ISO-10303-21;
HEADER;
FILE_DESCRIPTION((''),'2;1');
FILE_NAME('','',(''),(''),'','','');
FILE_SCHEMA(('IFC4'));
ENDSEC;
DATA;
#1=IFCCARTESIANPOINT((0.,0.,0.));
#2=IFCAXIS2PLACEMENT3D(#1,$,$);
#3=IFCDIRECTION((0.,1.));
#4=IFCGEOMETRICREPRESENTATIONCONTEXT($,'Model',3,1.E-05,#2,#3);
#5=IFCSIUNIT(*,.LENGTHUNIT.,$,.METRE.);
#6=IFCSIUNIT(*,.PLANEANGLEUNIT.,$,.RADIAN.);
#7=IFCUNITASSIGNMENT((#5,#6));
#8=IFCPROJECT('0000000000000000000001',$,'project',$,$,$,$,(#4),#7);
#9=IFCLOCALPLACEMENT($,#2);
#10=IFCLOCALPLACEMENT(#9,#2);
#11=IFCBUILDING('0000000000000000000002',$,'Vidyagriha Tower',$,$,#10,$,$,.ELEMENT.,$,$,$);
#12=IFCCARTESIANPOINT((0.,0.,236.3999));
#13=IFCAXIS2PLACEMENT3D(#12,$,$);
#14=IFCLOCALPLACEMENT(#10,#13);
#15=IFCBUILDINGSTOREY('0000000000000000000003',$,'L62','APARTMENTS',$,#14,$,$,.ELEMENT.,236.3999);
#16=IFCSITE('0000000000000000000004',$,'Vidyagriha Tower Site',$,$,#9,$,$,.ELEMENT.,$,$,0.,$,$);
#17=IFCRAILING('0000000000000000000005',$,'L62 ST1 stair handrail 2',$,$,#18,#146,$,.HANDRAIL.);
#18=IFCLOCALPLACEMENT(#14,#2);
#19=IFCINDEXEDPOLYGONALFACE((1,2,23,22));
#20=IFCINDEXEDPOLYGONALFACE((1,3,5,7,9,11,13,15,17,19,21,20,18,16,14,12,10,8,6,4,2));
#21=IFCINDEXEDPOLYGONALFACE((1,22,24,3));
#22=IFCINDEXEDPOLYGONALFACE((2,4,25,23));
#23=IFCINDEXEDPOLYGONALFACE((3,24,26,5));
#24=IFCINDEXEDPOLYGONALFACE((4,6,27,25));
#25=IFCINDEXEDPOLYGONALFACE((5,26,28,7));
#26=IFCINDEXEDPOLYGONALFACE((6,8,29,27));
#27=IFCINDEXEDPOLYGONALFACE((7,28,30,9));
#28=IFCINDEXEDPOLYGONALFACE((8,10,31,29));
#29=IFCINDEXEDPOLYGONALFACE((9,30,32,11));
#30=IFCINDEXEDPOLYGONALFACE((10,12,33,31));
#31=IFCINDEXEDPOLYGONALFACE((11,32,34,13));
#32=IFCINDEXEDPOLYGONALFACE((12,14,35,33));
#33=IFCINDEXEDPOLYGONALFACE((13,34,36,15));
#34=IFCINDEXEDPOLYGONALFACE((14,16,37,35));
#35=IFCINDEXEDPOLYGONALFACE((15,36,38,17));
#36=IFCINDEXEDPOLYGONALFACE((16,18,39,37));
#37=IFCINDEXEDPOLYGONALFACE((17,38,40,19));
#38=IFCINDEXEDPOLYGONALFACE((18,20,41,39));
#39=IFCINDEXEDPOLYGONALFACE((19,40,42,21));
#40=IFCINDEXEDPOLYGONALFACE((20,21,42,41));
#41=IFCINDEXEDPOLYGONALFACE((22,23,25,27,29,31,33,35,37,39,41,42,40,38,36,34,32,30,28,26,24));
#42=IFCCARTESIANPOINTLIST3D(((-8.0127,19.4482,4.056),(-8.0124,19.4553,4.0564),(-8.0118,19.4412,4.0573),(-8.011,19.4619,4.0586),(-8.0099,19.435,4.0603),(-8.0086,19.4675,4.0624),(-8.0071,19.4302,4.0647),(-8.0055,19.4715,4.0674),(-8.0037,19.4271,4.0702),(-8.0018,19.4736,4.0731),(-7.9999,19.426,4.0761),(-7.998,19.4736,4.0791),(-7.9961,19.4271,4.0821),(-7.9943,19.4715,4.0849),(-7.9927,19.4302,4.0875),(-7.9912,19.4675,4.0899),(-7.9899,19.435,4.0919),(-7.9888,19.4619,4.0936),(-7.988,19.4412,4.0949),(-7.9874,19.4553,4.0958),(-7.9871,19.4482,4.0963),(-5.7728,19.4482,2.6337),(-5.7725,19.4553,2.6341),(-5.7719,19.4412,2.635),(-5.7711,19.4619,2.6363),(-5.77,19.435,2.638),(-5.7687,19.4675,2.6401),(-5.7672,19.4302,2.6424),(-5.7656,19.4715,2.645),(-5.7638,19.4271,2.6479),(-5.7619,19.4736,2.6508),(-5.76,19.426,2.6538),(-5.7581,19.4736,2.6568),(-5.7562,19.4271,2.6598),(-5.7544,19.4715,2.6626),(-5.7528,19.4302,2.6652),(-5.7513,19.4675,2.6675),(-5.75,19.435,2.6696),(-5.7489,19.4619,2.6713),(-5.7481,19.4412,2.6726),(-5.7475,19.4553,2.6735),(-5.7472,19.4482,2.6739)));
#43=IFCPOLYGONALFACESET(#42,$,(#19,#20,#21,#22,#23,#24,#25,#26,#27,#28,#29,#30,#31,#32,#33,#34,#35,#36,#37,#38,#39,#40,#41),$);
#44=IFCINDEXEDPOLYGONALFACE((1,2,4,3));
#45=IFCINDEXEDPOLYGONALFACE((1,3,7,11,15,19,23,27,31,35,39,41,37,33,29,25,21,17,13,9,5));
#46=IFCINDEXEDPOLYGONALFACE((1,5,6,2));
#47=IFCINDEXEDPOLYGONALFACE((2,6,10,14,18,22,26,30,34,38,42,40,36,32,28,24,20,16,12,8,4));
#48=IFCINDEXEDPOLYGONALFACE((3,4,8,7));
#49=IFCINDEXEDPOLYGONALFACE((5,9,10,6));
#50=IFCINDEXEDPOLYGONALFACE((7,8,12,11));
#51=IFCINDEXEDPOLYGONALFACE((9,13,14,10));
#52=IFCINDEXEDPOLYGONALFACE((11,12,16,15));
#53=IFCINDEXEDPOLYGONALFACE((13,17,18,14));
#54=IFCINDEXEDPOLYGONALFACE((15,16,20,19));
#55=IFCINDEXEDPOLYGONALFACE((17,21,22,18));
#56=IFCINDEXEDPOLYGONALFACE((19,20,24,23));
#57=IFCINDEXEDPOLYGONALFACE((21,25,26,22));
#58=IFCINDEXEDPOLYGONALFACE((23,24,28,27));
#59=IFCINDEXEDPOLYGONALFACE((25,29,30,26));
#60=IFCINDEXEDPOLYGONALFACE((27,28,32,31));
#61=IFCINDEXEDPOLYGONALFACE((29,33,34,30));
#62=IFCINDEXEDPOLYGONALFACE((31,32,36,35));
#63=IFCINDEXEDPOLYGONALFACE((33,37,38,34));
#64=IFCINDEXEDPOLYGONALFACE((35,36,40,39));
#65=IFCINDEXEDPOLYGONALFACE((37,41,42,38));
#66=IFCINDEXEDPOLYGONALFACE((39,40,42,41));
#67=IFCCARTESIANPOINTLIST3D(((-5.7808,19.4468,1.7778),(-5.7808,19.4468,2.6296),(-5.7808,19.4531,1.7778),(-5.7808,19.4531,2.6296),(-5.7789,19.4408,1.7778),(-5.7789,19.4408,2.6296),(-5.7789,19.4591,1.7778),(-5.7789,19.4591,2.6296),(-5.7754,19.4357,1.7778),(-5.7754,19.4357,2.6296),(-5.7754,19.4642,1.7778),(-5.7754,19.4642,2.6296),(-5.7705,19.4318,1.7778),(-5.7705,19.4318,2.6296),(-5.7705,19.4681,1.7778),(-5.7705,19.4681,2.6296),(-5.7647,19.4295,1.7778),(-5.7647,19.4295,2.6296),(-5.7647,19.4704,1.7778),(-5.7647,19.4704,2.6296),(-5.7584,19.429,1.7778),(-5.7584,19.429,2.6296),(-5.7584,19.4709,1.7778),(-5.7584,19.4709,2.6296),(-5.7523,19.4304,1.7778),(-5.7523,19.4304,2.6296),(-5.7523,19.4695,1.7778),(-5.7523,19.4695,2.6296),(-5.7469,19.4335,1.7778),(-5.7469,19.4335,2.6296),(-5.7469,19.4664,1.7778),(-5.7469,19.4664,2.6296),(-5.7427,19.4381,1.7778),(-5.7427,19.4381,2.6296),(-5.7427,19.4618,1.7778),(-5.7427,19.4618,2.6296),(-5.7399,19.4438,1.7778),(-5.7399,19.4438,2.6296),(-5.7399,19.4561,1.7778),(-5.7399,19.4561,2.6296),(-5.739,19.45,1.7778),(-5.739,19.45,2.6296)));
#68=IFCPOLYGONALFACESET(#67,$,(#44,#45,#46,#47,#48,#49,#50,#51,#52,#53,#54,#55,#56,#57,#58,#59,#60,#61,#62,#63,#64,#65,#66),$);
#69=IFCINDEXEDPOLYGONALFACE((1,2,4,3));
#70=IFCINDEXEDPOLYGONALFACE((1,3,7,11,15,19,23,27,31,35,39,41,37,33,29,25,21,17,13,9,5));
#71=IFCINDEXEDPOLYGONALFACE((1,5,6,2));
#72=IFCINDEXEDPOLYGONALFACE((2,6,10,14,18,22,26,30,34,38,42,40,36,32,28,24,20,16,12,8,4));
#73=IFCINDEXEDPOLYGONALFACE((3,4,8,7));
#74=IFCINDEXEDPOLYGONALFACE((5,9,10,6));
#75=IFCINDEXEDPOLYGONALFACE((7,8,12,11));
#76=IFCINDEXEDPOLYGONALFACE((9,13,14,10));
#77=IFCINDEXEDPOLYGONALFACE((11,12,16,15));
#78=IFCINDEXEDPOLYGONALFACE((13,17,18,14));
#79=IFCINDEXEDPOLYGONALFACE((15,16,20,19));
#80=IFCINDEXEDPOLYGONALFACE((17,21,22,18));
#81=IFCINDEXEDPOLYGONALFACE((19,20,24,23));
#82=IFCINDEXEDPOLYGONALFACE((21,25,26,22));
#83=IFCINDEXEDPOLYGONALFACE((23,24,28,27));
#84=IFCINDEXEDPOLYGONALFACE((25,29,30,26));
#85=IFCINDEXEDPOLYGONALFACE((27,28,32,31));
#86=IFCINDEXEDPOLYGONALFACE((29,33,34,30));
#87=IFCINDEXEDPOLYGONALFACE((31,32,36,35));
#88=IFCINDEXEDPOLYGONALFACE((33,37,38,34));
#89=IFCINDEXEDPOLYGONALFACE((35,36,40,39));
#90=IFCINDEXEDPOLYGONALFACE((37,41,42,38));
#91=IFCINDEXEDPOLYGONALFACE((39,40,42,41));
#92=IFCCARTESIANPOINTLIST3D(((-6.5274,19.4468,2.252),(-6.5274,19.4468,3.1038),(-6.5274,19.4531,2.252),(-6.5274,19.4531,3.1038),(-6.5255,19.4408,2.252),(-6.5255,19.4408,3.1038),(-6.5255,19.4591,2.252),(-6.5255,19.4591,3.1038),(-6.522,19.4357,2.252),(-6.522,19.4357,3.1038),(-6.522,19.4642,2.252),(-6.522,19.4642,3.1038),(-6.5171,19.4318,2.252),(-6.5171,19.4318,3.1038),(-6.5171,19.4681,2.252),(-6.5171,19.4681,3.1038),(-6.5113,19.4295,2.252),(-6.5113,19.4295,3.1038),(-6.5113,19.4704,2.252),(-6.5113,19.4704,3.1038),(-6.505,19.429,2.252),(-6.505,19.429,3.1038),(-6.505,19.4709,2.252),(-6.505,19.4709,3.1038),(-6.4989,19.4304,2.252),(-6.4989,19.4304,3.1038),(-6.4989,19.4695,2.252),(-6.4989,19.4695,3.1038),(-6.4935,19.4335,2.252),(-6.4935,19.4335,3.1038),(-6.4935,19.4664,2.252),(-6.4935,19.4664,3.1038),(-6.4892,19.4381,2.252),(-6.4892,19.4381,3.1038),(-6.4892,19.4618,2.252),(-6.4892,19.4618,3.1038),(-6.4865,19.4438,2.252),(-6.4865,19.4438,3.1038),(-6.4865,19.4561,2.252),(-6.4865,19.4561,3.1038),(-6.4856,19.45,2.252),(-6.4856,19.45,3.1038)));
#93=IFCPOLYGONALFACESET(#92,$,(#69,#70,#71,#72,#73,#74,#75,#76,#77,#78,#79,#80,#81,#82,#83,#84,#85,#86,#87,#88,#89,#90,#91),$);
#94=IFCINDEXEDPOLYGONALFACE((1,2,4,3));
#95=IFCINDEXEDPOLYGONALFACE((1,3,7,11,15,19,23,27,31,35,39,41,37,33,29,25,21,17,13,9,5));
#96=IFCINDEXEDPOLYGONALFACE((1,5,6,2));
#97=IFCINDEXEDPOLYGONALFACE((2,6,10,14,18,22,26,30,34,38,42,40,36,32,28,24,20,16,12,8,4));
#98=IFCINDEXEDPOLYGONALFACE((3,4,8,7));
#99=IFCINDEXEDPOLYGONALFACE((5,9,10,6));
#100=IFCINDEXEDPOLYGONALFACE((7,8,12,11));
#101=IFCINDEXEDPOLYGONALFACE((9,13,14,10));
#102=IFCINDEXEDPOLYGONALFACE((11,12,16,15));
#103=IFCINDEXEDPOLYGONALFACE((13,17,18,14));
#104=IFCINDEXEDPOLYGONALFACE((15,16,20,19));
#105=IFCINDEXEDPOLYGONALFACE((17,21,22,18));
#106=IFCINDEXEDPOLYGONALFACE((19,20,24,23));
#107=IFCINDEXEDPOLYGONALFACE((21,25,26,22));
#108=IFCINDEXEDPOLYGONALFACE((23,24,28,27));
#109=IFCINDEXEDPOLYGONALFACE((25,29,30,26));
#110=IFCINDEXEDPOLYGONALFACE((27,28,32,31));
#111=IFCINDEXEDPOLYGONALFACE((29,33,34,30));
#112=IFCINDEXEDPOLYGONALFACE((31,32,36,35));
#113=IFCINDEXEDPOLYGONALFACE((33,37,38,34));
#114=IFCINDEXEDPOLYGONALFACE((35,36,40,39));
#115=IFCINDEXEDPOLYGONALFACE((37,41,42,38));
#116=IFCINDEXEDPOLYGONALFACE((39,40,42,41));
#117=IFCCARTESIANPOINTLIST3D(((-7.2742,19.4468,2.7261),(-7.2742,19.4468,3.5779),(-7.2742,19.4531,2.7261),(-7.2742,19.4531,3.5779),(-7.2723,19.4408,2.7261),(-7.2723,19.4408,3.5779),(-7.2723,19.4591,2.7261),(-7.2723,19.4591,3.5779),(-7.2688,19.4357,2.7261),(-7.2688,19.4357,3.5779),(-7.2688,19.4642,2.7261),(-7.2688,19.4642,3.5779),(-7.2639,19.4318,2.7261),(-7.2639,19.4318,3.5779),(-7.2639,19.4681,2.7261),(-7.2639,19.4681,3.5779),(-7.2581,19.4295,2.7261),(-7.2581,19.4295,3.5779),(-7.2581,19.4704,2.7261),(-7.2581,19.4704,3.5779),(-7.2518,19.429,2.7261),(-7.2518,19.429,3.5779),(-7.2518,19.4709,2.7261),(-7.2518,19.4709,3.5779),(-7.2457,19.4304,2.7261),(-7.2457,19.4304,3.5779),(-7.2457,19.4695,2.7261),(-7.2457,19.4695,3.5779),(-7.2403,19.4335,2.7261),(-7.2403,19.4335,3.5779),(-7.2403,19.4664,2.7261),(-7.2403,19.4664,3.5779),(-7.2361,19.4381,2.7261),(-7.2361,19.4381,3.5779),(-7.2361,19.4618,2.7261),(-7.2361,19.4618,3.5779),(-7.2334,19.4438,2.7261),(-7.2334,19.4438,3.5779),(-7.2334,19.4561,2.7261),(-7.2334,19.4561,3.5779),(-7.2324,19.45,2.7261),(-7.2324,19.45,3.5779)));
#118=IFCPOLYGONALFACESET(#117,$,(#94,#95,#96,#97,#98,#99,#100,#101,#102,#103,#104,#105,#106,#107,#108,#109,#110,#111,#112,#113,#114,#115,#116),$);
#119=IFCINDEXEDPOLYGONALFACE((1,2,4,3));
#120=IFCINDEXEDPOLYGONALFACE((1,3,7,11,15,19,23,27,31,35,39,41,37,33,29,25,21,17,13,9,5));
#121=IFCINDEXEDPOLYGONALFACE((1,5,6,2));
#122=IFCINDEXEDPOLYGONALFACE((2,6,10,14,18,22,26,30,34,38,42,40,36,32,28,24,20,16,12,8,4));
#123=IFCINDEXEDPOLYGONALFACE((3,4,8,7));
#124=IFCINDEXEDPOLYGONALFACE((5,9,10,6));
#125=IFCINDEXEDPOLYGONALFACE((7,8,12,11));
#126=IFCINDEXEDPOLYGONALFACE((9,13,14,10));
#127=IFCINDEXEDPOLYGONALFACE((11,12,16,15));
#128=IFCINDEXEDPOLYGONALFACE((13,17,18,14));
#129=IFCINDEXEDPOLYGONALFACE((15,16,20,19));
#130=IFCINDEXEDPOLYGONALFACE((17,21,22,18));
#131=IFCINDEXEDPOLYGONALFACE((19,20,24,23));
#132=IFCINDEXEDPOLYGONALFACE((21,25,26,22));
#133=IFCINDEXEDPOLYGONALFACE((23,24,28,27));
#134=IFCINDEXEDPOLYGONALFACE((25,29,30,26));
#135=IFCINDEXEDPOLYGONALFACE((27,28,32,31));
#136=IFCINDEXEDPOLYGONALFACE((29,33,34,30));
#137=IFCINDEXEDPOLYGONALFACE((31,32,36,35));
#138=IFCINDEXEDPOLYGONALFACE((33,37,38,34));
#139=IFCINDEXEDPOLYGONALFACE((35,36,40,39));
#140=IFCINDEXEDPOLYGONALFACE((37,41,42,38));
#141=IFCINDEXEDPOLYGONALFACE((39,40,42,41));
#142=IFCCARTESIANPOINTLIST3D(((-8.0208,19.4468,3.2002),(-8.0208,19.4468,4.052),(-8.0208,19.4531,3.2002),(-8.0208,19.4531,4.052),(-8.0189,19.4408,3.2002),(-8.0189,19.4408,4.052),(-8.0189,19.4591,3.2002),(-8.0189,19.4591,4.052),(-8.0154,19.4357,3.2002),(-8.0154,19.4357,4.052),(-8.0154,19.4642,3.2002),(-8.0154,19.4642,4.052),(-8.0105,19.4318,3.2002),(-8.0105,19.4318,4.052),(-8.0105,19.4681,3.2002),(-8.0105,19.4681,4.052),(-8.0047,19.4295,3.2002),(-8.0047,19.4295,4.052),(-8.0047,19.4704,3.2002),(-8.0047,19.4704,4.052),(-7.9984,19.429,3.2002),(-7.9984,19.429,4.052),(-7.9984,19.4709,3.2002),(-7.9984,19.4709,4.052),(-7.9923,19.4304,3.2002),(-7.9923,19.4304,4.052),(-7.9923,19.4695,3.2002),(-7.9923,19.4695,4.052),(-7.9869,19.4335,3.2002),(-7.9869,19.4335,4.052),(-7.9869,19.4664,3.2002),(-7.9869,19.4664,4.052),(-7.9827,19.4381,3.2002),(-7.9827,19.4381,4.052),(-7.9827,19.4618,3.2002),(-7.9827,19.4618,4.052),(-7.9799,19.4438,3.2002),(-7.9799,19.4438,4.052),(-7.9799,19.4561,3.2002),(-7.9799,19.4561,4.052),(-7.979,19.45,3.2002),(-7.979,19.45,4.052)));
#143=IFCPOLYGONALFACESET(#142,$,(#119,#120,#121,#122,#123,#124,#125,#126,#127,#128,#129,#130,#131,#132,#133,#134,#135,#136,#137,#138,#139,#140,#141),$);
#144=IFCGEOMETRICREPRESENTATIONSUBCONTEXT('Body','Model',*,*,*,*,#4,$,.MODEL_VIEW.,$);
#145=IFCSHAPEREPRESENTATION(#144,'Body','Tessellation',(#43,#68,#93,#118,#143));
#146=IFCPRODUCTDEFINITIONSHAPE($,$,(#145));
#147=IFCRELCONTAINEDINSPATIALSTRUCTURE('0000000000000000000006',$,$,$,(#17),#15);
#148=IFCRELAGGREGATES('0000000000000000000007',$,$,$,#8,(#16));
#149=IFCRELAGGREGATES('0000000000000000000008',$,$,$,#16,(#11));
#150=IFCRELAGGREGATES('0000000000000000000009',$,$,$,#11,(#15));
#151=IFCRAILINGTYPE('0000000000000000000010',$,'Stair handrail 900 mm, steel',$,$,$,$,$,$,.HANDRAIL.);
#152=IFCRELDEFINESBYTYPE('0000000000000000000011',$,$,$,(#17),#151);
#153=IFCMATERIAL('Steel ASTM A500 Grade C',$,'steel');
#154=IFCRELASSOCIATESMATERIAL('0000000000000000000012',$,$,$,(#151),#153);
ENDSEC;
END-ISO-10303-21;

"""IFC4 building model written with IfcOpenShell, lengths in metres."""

from ifc_helpers import new_model, si_unit, direction, frame, origin, origin_2d, place, context, subcontext, project, spatial, circle, extrude, material, type_object, element, save


model = new_model("IFC4")

# Units and contexts
model_context = context("Model", 3, precision=1e-05, world=origin(), true_north=direction((0.0, 1.0)))
body_context = subcontext(model_context, "Body", "Model", "MODEL_VIEW")
ifc_project = project(units=[si_unit("LENGTHUNIT", "METRE"), si_unit("PLANEANGLEUNIT", "RADIAN")], contexts=[model_context])

# Site, building, storey
site_placement = place(None, origin())
site = spatial("IfcSite", under=ifc_project, at=site_placement, Name="Vidyagriha Tower Site", CompositionType="ELEMENT", RefElevation=0.0)
building_placement = place(site_placement, origin())
building = spatial("IfcBuilding", under=site, at=building_placement, Name="Vidyagriha Tower", CompositionType="ELEMENT")
storey_placement = place(building_placement, frame((0.0, 0.0, 236.3999)))
storey = spatial("IfcBuildingStorey", under=building, at=storey_placement, Name="L62", Description="APARTMENTS", CompositionType="ELEMENT", Elevation=236.3999)

# Railing
ifc_material_1 = material(Name="Steel ASTM A500 Grade C", Category="steel")
railing_type_1 = type_object("IfcRailingType", Name="Stair handrail 900 mm, steel", PredefinedType="HANDRAIL", material=ifc_material_1)
railing_1_placement = place(storey_placement, frame((-5.76, 19.45, 1.7778)))
element("IfcRailing", 1, at=railing_1_placement, inside=storey, type_object=railing_type_1, Name="L62 ST1 stair handrail 2", PredefinedType="HANDRAIL", context=body_context, shape_type="SweptSolid", body=[
    extrude(circle(Radius=0.0239, at=origin_2d()), frame((0.0, 0.0, 0.876), z_axis=(-0.844188, 0.0, 0.536048), x_axis=(0.0, -1.0, 0.0)), (0.0, 0.0, 1.0), 2.6533),
    extrude(circle(Radius=0.021, at=origin_2d()), origin(), (0.0, 0.0, 1.0), 0.8518),
    extrude(circle(Radius=0.021, at=origin_2d()), frame((-0.7466, 0.0, 0.4741)), (0.0, 0.0, 1.0), 0.8518),
    extrude(circle(Radius=0.021, at=origin_2d()), frame((-1.4934, 0.0, 0.9482)), (0.0, 0.0, 1.0), 0.8518),
    extrude(circle(Radius=0.021, at=origin_2d()), frame((-2.24, 0.0, 1.4224)), (0.0, 0.0, 1.0), 0.8518),
])

save(model, "model.ifc")
